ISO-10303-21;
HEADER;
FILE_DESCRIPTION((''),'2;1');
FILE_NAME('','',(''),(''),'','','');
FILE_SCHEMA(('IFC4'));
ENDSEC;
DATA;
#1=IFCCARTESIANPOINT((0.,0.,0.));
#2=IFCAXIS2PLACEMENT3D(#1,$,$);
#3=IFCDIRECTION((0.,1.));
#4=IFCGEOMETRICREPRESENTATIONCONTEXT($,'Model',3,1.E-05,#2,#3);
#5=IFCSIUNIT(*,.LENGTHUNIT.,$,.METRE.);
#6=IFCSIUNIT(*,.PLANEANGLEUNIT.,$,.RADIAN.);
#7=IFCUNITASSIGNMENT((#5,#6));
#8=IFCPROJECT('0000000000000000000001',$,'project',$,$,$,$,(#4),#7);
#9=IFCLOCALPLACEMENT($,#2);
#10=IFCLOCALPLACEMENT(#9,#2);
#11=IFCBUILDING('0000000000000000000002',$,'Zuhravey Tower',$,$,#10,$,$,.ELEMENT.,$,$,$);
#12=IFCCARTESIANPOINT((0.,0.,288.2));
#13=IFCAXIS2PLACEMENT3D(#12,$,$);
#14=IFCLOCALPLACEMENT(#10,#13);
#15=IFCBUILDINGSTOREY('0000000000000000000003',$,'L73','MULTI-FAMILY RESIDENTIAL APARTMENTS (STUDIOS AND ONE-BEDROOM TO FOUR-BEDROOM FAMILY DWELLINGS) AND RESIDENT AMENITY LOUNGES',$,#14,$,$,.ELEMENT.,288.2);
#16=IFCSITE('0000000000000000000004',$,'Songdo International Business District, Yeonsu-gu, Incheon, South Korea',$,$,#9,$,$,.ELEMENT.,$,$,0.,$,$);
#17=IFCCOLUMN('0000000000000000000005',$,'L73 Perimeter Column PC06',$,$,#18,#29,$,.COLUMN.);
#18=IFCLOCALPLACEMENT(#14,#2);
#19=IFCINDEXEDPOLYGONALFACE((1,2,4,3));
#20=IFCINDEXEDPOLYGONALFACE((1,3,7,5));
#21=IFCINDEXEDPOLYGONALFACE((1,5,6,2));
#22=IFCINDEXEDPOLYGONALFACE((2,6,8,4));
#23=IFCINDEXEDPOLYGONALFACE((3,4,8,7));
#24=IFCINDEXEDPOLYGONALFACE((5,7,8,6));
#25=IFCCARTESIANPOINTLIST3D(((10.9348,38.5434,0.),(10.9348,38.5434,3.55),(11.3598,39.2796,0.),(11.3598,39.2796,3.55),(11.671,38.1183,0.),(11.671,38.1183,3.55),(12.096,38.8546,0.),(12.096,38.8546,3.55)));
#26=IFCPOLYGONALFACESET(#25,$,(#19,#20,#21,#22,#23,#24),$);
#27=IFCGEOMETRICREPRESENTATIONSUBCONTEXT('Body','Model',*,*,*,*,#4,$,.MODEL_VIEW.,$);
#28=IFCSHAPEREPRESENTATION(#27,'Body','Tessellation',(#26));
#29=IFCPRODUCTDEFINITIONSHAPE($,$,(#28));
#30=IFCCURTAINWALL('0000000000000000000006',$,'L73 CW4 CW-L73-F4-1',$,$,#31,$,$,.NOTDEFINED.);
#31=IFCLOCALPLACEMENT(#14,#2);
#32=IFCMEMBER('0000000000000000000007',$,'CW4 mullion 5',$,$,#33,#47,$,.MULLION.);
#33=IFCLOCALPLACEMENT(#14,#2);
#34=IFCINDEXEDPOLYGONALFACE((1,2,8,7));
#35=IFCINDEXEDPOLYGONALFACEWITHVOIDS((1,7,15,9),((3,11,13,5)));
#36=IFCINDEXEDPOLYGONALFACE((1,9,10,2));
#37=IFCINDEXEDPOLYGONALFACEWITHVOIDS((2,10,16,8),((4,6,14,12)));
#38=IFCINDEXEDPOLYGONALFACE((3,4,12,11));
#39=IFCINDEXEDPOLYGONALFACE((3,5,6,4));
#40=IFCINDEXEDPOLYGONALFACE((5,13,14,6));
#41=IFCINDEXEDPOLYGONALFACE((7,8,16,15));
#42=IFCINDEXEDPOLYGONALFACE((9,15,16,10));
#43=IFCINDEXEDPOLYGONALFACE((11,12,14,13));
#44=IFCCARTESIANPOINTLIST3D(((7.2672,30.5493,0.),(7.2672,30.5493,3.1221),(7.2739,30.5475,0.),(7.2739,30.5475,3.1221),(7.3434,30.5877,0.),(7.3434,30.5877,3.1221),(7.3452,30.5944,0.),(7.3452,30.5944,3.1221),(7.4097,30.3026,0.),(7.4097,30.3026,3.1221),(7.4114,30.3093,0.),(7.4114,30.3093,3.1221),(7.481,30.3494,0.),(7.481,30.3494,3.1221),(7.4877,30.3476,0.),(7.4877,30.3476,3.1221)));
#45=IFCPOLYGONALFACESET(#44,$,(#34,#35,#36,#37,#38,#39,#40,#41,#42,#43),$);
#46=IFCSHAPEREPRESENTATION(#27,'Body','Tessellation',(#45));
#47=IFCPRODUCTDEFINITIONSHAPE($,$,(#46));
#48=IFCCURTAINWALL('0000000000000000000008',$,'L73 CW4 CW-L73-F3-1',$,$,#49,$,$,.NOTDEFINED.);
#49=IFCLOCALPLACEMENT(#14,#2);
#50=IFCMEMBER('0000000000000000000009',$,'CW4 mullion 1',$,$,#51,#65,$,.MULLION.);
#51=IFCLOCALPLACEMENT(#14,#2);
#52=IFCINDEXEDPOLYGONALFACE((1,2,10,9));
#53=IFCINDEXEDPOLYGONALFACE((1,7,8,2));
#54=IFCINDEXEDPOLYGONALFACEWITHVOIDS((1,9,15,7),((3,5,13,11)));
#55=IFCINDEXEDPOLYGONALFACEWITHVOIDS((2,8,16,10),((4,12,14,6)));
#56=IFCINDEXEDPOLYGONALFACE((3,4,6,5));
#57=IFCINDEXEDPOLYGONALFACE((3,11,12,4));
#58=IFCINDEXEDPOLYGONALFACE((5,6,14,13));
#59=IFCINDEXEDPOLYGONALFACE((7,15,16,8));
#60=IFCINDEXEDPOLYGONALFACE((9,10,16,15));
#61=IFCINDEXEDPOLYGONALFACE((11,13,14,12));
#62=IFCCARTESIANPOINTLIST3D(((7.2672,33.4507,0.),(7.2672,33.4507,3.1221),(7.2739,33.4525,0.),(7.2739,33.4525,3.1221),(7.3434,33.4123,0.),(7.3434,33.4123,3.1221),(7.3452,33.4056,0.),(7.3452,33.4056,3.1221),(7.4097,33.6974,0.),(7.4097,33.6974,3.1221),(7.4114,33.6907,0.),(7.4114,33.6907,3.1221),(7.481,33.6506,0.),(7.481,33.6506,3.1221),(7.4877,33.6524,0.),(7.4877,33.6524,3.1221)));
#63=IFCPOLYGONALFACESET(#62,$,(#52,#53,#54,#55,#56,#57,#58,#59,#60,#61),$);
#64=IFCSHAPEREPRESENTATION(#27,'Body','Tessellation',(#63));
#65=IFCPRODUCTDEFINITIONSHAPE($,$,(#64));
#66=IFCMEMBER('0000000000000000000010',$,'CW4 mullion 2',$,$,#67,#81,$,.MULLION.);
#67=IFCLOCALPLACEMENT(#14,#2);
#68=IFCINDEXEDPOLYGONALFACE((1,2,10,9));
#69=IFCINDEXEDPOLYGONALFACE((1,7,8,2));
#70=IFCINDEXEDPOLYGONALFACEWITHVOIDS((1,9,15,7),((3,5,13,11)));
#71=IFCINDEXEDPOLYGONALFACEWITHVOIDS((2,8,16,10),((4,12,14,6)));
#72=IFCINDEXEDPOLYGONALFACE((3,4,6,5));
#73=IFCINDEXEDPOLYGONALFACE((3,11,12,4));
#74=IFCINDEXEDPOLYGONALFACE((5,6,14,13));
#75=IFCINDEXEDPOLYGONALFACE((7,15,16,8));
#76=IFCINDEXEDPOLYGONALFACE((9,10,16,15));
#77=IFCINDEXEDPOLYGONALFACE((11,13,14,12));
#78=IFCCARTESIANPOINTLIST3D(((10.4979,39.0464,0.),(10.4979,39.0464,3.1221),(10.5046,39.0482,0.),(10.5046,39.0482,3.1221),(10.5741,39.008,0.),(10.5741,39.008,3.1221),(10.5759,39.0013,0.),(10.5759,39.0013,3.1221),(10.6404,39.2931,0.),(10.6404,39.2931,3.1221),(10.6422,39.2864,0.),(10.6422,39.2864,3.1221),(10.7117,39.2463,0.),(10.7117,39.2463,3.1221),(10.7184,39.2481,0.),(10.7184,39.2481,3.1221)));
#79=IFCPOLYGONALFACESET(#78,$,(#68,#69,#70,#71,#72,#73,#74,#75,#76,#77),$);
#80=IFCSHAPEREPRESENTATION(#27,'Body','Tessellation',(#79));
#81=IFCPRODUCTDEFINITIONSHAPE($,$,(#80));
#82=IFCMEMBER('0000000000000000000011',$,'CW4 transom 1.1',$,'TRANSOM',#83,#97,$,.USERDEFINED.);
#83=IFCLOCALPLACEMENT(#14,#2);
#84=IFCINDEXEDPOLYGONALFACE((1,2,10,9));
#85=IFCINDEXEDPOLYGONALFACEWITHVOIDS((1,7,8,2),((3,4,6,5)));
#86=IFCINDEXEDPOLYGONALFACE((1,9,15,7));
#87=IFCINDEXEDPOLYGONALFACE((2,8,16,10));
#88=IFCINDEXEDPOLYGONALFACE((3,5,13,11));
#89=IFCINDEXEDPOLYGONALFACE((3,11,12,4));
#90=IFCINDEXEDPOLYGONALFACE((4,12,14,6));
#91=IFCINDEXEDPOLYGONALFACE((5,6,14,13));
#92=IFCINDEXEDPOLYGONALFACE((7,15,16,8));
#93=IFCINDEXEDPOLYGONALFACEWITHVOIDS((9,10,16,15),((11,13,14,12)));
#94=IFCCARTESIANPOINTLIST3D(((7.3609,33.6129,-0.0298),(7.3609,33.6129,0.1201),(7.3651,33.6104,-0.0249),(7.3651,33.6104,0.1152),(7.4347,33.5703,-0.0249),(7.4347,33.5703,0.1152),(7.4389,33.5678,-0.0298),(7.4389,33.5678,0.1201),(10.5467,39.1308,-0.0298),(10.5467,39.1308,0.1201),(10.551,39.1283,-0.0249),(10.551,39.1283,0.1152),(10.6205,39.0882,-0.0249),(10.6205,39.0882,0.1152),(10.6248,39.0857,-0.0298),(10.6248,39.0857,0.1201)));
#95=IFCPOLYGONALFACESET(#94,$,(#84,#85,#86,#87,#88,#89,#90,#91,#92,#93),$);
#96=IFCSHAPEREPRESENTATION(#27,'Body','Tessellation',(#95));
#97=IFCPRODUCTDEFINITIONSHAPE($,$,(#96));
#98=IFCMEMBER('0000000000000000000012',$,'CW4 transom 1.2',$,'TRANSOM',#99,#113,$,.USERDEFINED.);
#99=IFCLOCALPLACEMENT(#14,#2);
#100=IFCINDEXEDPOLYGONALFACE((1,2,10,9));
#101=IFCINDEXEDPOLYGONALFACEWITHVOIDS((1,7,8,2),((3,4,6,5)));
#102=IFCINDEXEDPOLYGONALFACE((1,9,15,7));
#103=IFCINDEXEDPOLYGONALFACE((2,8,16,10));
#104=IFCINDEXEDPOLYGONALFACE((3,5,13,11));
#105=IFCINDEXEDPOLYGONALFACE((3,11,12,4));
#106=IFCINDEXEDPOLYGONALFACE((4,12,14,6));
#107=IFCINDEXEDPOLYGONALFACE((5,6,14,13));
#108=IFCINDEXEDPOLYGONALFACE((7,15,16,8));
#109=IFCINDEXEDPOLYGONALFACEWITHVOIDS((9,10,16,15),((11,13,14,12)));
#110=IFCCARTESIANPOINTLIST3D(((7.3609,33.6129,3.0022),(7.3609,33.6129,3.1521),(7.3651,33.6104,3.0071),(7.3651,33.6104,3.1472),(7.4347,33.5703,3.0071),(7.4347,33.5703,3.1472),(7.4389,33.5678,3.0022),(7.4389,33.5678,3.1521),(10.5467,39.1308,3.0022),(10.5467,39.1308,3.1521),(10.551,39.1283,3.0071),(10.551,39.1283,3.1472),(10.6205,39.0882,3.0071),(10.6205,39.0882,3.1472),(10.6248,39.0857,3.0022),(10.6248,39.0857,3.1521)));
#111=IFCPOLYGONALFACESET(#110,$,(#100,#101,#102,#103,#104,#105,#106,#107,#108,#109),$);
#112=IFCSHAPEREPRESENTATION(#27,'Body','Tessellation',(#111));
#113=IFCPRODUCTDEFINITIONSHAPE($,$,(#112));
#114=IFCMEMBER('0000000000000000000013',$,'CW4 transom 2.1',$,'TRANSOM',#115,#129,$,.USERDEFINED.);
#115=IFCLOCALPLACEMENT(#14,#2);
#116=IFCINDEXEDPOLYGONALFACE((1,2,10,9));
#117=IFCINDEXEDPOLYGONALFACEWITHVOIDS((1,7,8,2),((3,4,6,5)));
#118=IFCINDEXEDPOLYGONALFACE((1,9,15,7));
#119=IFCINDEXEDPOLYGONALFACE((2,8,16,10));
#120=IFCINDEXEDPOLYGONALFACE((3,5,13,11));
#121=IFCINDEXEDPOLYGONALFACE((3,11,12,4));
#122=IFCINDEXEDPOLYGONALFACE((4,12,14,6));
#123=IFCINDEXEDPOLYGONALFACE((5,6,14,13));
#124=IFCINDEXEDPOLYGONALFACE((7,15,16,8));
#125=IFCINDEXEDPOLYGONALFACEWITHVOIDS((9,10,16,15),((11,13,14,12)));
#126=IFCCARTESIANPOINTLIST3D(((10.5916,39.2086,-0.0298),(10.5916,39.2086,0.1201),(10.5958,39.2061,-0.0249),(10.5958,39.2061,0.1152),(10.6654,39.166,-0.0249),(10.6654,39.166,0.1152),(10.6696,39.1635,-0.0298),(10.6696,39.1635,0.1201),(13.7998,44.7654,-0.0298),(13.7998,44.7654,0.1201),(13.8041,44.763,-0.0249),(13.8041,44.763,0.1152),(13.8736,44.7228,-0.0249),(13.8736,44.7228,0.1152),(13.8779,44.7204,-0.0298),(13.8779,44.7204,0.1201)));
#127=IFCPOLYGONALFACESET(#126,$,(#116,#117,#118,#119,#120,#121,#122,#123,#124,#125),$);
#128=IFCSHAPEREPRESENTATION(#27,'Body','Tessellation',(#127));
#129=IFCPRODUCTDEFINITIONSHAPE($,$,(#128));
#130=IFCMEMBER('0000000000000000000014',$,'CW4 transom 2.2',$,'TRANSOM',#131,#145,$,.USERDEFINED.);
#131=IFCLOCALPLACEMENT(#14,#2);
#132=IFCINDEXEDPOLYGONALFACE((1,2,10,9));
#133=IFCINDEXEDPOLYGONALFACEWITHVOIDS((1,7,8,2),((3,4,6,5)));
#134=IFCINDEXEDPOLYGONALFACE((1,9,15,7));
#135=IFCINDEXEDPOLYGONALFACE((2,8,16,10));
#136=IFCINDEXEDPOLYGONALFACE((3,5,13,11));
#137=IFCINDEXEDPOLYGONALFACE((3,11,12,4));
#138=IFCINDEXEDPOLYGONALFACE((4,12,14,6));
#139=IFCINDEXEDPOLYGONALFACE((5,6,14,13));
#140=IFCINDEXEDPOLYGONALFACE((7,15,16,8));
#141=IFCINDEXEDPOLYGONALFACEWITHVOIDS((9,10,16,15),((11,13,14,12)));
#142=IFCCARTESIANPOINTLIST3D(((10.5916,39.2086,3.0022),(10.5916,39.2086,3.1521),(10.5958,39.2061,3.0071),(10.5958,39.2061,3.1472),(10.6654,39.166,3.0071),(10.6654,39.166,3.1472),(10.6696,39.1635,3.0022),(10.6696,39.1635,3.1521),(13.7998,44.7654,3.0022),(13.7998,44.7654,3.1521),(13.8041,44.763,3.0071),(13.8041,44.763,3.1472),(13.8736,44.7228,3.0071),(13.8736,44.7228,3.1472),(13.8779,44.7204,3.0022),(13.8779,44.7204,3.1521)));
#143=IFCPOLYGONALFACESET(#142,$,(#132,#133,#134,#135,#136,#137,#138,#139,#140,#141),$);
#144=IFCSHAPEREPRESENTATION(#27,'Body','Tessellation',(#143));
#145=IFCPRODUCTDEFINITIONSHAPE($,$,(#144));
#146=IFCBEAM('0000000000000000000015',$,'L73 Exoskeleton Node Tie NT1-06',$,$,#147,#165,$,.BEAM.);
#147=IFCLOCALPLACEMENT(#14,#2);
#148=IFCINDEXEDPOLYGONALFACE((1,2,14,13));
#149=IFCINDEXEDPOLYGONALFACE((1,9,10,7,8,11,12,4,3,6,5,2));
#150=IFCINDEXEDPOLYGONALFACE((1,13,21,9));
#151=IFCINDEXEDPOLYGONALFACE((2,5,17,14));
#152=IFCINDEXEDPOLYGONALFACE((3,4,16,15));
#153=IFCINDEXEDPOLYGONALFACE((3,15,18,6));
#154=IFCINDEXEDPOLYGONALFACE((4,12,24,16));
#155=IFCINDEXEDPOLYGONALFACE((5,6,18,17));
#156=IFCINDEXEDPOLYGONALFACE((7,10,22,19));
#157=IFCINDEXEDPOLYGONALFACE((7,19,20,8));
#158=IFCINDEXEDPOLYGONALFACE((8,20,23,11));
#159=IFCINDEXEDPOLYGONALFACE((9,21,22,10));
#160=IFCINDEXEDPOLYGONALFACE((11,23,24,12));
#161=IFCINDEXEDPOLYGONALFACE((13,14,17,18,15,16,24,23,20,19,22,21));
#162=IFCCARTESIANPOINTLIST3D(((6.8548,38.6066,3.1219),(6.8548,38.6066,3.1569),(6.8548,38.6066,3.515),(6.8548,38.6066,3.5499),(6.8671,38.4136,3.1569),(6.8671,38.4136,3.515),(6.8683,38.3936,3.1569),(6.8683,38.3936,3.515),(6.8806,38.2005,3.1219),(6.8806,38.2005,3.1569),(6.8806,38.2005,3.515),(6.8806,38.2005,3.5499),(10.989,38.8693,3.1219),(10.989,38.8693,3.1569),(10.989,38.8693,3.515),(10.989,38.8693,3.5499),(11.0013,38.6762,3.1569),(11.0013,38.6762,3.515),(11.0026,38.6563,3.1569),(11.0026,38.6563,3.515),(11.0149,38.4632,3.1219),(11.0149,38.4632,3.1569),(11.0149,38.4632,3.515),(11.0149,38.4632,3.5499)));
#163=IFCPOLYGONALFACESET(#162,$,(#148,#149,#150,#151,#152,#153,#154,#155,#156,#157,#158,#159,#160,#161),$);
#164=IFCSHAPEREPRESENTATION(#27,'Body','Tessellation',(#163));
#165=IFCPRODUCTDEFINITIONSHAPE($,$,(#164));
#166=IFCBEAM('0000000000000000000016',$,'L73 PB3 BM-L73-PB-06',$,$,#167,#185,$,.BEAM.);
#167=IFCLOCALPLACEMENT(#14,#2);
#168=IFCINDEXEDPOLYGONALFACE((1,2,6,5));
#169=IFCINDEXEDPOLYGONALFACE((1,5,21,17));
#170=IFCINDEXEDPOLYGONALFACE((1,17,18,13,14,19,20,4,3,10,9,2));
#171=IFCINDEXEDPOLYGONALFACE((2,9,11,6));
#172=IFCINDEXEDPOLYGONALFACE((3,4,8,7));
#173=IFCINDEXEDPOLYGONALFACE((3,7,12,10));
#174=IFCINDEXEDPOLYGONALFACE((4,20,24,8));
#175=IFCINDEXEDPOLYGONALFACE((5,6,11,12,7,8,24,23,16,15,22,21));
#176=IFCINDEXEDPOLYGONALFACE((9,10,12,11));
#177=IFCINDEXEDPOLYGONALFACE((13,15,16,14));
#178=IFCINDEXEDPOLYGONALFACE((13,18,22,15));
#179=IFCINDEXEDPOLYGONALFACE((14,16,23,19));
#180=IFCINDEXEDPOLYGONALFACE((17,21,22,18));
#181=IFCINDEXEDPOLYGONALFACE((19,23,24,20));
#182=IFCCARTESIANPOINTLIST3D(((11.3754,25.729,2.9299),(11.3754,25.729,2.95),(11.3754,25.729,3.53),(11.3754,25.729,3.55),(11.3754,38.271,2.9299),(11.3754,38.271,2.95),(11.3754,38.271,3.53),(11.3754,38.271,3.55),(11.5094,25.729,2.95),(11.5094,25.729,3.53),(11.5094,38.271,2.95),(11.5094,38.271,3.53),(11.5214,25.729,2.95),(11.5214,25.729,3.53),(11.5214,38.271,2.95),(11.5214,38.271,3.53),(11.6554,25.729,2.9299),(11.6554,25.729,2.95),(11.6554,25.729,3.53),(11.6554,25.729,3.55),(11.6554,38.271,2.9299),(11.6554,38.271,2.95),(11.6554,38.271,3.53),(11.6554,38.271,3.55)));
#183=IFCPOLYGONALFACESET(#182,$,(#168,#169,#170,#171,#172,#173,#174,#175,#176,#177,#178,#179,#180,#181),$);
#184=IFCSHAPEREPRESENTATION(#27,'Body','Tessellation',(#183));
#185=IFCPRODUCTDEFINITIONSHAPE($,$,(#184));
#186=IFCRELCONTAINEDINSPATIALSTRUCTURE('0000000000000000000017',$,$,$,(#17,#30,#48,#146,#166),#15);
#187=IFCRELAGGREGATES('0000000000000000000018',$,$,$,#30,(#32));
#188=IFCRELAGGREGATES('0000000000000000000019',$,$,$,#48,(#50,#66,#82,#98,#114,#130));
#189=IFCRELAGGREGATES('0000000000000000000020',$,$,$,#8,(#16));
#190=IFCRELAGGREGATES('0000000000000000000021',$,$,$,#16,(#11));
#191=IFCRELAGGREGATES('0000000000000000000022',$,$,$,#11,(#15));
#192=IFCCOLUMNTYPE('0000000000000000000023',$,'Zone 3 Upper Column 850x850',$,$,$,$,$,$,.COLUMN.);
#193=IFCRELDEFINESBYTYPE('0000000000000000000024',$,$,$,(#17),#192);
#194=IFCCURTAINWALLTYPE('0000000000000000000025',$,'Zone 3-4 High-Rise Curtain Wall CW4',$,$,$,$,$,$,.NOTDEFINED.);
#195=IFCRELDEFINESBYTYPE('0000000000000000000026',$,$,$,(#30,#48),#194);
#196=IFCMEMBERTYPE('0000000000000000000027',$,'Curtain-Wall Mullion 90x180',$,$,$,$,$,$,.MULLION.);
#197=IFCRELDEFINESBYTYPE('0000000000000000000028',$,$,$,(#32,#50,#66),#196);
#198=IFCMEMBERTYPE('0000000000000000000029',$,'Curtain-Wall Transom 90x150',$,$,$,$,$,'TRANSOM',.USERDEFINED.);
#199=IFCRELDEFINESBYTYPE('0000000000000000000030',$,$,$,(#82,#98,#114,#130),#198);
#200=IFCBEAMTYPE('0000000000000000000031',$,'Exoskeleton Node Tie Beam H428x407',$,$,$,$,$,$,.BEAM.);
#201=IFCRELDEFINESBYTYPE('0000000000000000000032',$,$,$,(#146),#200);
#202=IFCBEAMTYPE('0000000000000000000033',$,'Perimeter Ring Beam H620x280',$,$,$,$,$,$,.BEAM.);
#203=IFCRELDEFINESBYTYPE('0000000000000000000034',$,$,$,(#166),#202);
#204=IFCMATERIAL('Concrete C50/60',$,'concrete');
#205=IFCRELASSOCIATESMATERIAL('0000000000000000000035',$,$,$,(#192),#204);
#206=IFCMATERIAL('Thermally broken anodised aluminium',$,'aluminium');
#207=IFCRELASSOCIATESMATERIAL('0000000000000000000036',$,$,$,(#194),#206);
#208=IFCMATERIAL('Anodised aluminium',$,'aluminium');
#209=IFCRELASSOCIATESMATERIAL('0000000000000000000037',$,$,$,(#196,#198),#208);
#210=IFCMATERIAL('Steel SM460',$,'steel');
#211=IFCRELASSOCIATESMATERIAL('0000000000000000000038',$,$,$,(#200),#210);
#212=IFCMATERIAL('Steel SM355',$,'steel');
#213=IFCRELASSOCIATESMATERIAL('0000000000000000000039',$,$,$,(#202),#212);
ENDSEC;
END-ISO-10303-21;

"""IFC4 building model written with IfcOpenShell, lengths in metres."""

from ifc_helpers import new_model, si_unit, direction, frame, origin, origin_2d, place, context, subcontext, project, spatial, rectangle, hollow_rectangle, i_section, extrude, material, material_profile, profile_set, type_object, element, aggregate, save


model = new_model("IFC4")

# Units and contexts
model_context = context("Model", 3, precision=1e-05, world=origin(), true_north=direction((0.0, 1.0)))
body_context = subcontext(model_context, "Body", "Model", "MODEL_VIEW")
ifc_project = project(units=[si_unit("LENGTHUNIT", "METRE"), si_unit("PLANEANGLEUNIT", "RADIAN")], contexts=[model_context])

# Site, building, storey
site_placement = place(None, origin())
site = spatial("IfcSite", under=ifc_project, at=site_placement, Name="Songdo International Business District, Yeonsu-gu, Incheon, South Korea", CompositionType="ELEMENT", RefElevation=0.0)
building_placement = place(site_placement, origin())
building = spatial("IfcBuilding", under=site, at=building_placement, Name="Zuhravey Tower", CompositionType="ELEMENT")
storey_placement = place(building_placement, frame((0.0, 0.0, 288.2)))
storey = spatial("IfcBuildingStorey", under=building, at=storey_placement, Name="L73", Description="MULTI-FAMILY RESIDENTIAL APARTMENTS (STUDIOS AND ONE-BEDROOM TO FOUR-BEDROOM FAMILY DWELLINGS) AND RESIDENT AMENITY LOUNGES", CompositionType="ELEMENT", Elevation=288.2)

# Column
ifc_material_1 = material(Name="Concrete C50/60", Category="concrete")
ifc_material_profile_1 = material_profile(ifc_material_1, rectangle(XDim=0.8501, YDim=0.8501, at=origin_2d()), Name="RC-850x850")
ifc_profile_set_1 = profile_set([ifc_material_profile_1], Name="Concrete C50/60")
column_type = type_object("IfcColumnType", Name="Zone 3 Upper Column 850x850", PredefinedType="COLUMN", material=ifc_profile_set_1)
column_placement = place(storey_placement, frame((11.5154, 38.699, 0.0), z_axis=(0.0, 0.0, 1.0), x_axis=(-0.5, -0.866025, 0.0)))
element("IfcColumn", 1, at=column_placement, inside=storey, type_object=column_type, Name="L73 Perimeter Column PC06", PredefinedType="COLUMN", context=body_context, shape_type="SweptSolid", body=[
    extrude(rectangle(XDim=0.8501, YDim=0.8501, at=origin_2d()), origin(), (0.0, 0.0, 1.0), 3.55),
])

# Curtain wall, member
ifc_material_2 = material(Name="Thermally broken anodised aluminium", Category="aluminium")
curtain_wall_type = type_object("IfcCurtainWallType", Name="Zone 3-4 High-Rise Curtain Wall CW4", PredefinedType="NOTDEFINED", material=ifc_material_2)
curtain_wall_1_placement = place(storey_placement, origin())
curtain_wall_1 = element("IfcCurtainWall", 2, at=curtain_wall_1_placement, inside=storey, type_object=curtain_wall_type, Name="L73 CW4 CW-L73-F4-1", PredefinedType="NOTDEFINED")
ifc_material_3 = material(Name="Anodised aluminium", Category="aluminium")
ifc_material_profile_2 = material_profile(ifc_material_3, hollow_rectangle(XDim=0.0901, YDim=0.2849, WallThickness=0.0049, at=origin_2d()), Name="ALU-RHS-90x285x5")
ifc_profile_set_2 = profile_set([ifc_material_profile_2], Name="Anodised aluminium")
member_type_1 = type_object("IfcMemberType", Name="Curtain-Wall Mullion 90x180", PredefinedType="MULLION", material=ifc_profile_set_2)
member_1_placement = place(storey_placement, frame((7.3774, 30.4485, 0.0), z_axis=(0.0, 0.0, 1.0), x_axis=(-0.866025, -0.500001, 0.0)))
member_1 = element("IfcMember", 3, at=member_1_placement, type_object=member_type_1, Name="CW4 mullion 5", PredefinedType="MULLION", context=body_context, shape_type="SweptSolid", body=[
    extrude(hollow_rectangle(XDim=0.0901, YDim=0.2849, WallThickness=0.0049, at=origin_2d()), origin(), (0.0, 0.0, 1.0), 3.1221),
])
aggregate(curtain_wall_1, [member_1])

# Curtain wall, members
curtain_wall_2_placement = place(storey_placement, origin())
curtain_wall_2 = element("IfcCurtainWall", 4, at=curtain_wall_2_placement, inside=storey, type_object=curtain_wall_type, Name="L73 CW4 CW-L73-F3-1", PredefinedType="NOTDEFINED")
member_2_placement = place(storey_placement, frame((7.3774, 33.5515, 0.0), z_axis=(0.0, 0.0, 1.0), x_axis=(-0.866025, 0.500001, 0.0)))
member_2 = element("IfcMember", 5, at=member_2_placement, type_object=member_type_1, Name="CW4 mullion 1", PredefinedType="MULLION", context=body_context, shape_type="SweptSolid", body=[
    extrude(hollow_rectangle(XDim=0.0901, YDim=0.2849, WallThickness=0.0049, at=origin_2d()), origin(), (0.0, 0.0, 1.0), 3.1221),
])
member_3_placement = place(storey_placement, frame((10.6082, 39.1472, 0.0), z_axis=(0.0, 0.0, 1.0), x_axis=(-0.866025, 0.500001, 0.0)))
member_3 = element("IfcMember", 6, at=member_3_placement, type_object=member_type_1, Name="CW4 mullion 2", PredefinedType="MULLION", context=body_context, shape_type="SweptSolid", body=[
    extrude(hollow_rectangle(XDim=0.0901, YDim=0.2849, WallThickness=0.0049, at=origin_2d()), origin(), (0.0, 0.0, 1.0), 3.1221),
])
ifc_material_profile_3 = material_profile(ifc_material_3, hollow_rectangle(XDim=0.0901, YDim=0.1499, WallThickness=0.0049, at=origin_2d()), Name="ALU-RHS-90x150x5")
ifc_profile_set_3 = profile_set([ifc_material_profile_3], Name="Anodised aluminium")
member_type_2 = type_object("IfcMemberType", Name="Curtain-Wall Transom 90x150", ElementType="TRANSOM", PredefinedType="USERDEFINED", material=ifc_profile_set_3)
member_4_placement = place(storey_placement, frame((7.3999, 33.5903, 0.0452), z_axis=(0.500009, 0.86602, 0.0), x_axis=(-0.86602, 0.500009, 0.0)))
member_4 = element("IfcMember", 7, at=member_4_placement, type_object=member_type_2, Name="CW4 transom 1.1", ObjectType="TRANSOM", PredefinedType="USERDEFINED", context=body_context, shape_type="SweptSolid", body=[
    extrude(hollow_rectangle(XDim=0.0901, YDim=0.1499, WallThickness=0.0049, at=origin_2d()), origin(), (0.0, 0.0, 1.0), 6.3716),
])
member_5_placement = place(storey_placement, frame((7.3999, 33.5903, 3.0771), z_axis=(0.500009, 0.86602, 0.0), x_axis=(-0.86602, 0.500009, 0.0)))
member_5 = element("IfcMember", 8, at=member_5_placement, type_object=member_type_2, Name="CW4 transom 1.2", ObjectType="TRANSOM", PredefinedType="USERDEFINED", context=body_context, shape_type="SweptSolid", body=[
    extrude(hollow_rectangle(XDim=0.0901, YDim=0.1499, WallThickness=0.0049, at=origin_2d()), origin(), (0.0, 0.0, 1.0), 6.3716),
])
member_6_placement = place(storey_placement, frame((10.6306, 39.186, 0.0452), z_axis=(0.499998, 0.866027, 0.0), x_axis=(-0.866027, 0.499998, 0.0)))
member_6 = element("IfcMember", 9, at=member_6_placement, type_object=member_type_2, Name="CW4 transom 2.1", ObjectType="TRANSOM", PredefinedType="USERDEFINED", context=body_context, shape_type="SweptSolid", body=[
    extrude(hollow_rectangle(XDim=0.0901, YDim=0.1499, WallThickness=0.0049, at=origin_2d()), origin(), (0.0, 0.0, 1.0), 6.4165),
])
member_7_placement = place(storey_placement, frame((10.6306, 39.186, 3.0771), z_axis=(0.499998, 0.866027, 0.0), x_axis=(-0.866027, 0.499998, 0.0)))
member_7 = element("IfcMember", 10, at=member_7_placement, type_object=member_type_2, Name="CW4 transom 2.2", ObjectType="TRANSOM", PredefinedType="USERDEFINED", context=body_context, shape_type="SweptSolid", body=[
    extrude(hollow_rectangle(XDim=0.0901, YDim=0.1499, WallThickness=0.0049, at=origin_2d()), origin(), (0.0, 0.0, 1.0), 6.4165),
])

# Beams
ifc_material_4 = material(Name="Steel SM460", Category="steel")
ifc_material_profile_4 = material_profile(ifc_material_4, i_section(OverallWidth=0.407, OverallDepth=0.428, WebThickness=0.02, FlangeThickness=0.0349, at=origin_2d()), Name="H-428x407x20x35")
ifc_profile_set_4 = profile_set([ifc_material_profile_4], Name="Steel SM460")
beam_type_1 = type_object("IfcBeamType", Name="Exoskeleton Node Tie Beam H428x407", PredefinedType="BEAM", material=ifc_profile_set_4)
beam_1_placement = place(storey_placement, frame((11.002, 38.6663, 3.3359), z_axis=(-0.997987, -0.063413, 0.0), x_axis=(0.063413, -0.997987, 0.0)))
element("IfcBeam", 11, at=beam_1_placement, inside=storey, type_object=beam_type_1, Name="L73 Exoskeleton Node Tie NT1-06", PredefinedType="BEAM", context=body_context, shape_type="SweptSolid", body=[
    extrude(i_section(OverallWidth=0.407, OverallDepth=0.428, WebThickness=0.02, FlangeThickness=0.0349, at=origin_2d()), origin(), (0.0, 0.0, 1.0), 4.1426),
])
ifc_material_5 = material(Name="Steel SM355", Category="steel")
ifc_material_profile_5 = material_profile(ifc_material_5, i_section(OverallWidth=0.28, OverallDepth=0.6201, WebThickness=0.012, FlangeThickness=0.02, at=origin_2d()), Name="H-620x280x12x20")
ifc_profile_set_5 = profile_set([ifc_material_profile_5], Name="Steel SM355")
beam_type_2 = type_object("IfcBeamType", Name="Perimeter Ring Beam H620x280", PredefinedType="BEAM", material=ifc_profile_set_5)
beam_2_placement = place(storey_placement, frame((11.5154, 38.271, 3.24), z_axis=(0.0, -1.0, 0.0), x_axis=(1.0, 0.0, 0.0)))
element("IfcBeam", 12, at=beam_2_placement, inside=storey, type_object=beam_type_2, Name="L73 PB3 BM-L73-PB-06", PredefinedType="BEAM", context=body_context, shape_type="SweptSolid", body=[
    extrude(i_section(OverallWidth=0.28, OverallDepth=0.6201, WebThickness=0.012, FlangeThickness=0.02, at=origin_2d()), origin(), (0.0, 0.0, 1.0), 12.542),
])

aggregate(curtain_wall_2, [member_2, member_3, member_4, member_5, member_6, member_7])

save(model, "model.ifc")
